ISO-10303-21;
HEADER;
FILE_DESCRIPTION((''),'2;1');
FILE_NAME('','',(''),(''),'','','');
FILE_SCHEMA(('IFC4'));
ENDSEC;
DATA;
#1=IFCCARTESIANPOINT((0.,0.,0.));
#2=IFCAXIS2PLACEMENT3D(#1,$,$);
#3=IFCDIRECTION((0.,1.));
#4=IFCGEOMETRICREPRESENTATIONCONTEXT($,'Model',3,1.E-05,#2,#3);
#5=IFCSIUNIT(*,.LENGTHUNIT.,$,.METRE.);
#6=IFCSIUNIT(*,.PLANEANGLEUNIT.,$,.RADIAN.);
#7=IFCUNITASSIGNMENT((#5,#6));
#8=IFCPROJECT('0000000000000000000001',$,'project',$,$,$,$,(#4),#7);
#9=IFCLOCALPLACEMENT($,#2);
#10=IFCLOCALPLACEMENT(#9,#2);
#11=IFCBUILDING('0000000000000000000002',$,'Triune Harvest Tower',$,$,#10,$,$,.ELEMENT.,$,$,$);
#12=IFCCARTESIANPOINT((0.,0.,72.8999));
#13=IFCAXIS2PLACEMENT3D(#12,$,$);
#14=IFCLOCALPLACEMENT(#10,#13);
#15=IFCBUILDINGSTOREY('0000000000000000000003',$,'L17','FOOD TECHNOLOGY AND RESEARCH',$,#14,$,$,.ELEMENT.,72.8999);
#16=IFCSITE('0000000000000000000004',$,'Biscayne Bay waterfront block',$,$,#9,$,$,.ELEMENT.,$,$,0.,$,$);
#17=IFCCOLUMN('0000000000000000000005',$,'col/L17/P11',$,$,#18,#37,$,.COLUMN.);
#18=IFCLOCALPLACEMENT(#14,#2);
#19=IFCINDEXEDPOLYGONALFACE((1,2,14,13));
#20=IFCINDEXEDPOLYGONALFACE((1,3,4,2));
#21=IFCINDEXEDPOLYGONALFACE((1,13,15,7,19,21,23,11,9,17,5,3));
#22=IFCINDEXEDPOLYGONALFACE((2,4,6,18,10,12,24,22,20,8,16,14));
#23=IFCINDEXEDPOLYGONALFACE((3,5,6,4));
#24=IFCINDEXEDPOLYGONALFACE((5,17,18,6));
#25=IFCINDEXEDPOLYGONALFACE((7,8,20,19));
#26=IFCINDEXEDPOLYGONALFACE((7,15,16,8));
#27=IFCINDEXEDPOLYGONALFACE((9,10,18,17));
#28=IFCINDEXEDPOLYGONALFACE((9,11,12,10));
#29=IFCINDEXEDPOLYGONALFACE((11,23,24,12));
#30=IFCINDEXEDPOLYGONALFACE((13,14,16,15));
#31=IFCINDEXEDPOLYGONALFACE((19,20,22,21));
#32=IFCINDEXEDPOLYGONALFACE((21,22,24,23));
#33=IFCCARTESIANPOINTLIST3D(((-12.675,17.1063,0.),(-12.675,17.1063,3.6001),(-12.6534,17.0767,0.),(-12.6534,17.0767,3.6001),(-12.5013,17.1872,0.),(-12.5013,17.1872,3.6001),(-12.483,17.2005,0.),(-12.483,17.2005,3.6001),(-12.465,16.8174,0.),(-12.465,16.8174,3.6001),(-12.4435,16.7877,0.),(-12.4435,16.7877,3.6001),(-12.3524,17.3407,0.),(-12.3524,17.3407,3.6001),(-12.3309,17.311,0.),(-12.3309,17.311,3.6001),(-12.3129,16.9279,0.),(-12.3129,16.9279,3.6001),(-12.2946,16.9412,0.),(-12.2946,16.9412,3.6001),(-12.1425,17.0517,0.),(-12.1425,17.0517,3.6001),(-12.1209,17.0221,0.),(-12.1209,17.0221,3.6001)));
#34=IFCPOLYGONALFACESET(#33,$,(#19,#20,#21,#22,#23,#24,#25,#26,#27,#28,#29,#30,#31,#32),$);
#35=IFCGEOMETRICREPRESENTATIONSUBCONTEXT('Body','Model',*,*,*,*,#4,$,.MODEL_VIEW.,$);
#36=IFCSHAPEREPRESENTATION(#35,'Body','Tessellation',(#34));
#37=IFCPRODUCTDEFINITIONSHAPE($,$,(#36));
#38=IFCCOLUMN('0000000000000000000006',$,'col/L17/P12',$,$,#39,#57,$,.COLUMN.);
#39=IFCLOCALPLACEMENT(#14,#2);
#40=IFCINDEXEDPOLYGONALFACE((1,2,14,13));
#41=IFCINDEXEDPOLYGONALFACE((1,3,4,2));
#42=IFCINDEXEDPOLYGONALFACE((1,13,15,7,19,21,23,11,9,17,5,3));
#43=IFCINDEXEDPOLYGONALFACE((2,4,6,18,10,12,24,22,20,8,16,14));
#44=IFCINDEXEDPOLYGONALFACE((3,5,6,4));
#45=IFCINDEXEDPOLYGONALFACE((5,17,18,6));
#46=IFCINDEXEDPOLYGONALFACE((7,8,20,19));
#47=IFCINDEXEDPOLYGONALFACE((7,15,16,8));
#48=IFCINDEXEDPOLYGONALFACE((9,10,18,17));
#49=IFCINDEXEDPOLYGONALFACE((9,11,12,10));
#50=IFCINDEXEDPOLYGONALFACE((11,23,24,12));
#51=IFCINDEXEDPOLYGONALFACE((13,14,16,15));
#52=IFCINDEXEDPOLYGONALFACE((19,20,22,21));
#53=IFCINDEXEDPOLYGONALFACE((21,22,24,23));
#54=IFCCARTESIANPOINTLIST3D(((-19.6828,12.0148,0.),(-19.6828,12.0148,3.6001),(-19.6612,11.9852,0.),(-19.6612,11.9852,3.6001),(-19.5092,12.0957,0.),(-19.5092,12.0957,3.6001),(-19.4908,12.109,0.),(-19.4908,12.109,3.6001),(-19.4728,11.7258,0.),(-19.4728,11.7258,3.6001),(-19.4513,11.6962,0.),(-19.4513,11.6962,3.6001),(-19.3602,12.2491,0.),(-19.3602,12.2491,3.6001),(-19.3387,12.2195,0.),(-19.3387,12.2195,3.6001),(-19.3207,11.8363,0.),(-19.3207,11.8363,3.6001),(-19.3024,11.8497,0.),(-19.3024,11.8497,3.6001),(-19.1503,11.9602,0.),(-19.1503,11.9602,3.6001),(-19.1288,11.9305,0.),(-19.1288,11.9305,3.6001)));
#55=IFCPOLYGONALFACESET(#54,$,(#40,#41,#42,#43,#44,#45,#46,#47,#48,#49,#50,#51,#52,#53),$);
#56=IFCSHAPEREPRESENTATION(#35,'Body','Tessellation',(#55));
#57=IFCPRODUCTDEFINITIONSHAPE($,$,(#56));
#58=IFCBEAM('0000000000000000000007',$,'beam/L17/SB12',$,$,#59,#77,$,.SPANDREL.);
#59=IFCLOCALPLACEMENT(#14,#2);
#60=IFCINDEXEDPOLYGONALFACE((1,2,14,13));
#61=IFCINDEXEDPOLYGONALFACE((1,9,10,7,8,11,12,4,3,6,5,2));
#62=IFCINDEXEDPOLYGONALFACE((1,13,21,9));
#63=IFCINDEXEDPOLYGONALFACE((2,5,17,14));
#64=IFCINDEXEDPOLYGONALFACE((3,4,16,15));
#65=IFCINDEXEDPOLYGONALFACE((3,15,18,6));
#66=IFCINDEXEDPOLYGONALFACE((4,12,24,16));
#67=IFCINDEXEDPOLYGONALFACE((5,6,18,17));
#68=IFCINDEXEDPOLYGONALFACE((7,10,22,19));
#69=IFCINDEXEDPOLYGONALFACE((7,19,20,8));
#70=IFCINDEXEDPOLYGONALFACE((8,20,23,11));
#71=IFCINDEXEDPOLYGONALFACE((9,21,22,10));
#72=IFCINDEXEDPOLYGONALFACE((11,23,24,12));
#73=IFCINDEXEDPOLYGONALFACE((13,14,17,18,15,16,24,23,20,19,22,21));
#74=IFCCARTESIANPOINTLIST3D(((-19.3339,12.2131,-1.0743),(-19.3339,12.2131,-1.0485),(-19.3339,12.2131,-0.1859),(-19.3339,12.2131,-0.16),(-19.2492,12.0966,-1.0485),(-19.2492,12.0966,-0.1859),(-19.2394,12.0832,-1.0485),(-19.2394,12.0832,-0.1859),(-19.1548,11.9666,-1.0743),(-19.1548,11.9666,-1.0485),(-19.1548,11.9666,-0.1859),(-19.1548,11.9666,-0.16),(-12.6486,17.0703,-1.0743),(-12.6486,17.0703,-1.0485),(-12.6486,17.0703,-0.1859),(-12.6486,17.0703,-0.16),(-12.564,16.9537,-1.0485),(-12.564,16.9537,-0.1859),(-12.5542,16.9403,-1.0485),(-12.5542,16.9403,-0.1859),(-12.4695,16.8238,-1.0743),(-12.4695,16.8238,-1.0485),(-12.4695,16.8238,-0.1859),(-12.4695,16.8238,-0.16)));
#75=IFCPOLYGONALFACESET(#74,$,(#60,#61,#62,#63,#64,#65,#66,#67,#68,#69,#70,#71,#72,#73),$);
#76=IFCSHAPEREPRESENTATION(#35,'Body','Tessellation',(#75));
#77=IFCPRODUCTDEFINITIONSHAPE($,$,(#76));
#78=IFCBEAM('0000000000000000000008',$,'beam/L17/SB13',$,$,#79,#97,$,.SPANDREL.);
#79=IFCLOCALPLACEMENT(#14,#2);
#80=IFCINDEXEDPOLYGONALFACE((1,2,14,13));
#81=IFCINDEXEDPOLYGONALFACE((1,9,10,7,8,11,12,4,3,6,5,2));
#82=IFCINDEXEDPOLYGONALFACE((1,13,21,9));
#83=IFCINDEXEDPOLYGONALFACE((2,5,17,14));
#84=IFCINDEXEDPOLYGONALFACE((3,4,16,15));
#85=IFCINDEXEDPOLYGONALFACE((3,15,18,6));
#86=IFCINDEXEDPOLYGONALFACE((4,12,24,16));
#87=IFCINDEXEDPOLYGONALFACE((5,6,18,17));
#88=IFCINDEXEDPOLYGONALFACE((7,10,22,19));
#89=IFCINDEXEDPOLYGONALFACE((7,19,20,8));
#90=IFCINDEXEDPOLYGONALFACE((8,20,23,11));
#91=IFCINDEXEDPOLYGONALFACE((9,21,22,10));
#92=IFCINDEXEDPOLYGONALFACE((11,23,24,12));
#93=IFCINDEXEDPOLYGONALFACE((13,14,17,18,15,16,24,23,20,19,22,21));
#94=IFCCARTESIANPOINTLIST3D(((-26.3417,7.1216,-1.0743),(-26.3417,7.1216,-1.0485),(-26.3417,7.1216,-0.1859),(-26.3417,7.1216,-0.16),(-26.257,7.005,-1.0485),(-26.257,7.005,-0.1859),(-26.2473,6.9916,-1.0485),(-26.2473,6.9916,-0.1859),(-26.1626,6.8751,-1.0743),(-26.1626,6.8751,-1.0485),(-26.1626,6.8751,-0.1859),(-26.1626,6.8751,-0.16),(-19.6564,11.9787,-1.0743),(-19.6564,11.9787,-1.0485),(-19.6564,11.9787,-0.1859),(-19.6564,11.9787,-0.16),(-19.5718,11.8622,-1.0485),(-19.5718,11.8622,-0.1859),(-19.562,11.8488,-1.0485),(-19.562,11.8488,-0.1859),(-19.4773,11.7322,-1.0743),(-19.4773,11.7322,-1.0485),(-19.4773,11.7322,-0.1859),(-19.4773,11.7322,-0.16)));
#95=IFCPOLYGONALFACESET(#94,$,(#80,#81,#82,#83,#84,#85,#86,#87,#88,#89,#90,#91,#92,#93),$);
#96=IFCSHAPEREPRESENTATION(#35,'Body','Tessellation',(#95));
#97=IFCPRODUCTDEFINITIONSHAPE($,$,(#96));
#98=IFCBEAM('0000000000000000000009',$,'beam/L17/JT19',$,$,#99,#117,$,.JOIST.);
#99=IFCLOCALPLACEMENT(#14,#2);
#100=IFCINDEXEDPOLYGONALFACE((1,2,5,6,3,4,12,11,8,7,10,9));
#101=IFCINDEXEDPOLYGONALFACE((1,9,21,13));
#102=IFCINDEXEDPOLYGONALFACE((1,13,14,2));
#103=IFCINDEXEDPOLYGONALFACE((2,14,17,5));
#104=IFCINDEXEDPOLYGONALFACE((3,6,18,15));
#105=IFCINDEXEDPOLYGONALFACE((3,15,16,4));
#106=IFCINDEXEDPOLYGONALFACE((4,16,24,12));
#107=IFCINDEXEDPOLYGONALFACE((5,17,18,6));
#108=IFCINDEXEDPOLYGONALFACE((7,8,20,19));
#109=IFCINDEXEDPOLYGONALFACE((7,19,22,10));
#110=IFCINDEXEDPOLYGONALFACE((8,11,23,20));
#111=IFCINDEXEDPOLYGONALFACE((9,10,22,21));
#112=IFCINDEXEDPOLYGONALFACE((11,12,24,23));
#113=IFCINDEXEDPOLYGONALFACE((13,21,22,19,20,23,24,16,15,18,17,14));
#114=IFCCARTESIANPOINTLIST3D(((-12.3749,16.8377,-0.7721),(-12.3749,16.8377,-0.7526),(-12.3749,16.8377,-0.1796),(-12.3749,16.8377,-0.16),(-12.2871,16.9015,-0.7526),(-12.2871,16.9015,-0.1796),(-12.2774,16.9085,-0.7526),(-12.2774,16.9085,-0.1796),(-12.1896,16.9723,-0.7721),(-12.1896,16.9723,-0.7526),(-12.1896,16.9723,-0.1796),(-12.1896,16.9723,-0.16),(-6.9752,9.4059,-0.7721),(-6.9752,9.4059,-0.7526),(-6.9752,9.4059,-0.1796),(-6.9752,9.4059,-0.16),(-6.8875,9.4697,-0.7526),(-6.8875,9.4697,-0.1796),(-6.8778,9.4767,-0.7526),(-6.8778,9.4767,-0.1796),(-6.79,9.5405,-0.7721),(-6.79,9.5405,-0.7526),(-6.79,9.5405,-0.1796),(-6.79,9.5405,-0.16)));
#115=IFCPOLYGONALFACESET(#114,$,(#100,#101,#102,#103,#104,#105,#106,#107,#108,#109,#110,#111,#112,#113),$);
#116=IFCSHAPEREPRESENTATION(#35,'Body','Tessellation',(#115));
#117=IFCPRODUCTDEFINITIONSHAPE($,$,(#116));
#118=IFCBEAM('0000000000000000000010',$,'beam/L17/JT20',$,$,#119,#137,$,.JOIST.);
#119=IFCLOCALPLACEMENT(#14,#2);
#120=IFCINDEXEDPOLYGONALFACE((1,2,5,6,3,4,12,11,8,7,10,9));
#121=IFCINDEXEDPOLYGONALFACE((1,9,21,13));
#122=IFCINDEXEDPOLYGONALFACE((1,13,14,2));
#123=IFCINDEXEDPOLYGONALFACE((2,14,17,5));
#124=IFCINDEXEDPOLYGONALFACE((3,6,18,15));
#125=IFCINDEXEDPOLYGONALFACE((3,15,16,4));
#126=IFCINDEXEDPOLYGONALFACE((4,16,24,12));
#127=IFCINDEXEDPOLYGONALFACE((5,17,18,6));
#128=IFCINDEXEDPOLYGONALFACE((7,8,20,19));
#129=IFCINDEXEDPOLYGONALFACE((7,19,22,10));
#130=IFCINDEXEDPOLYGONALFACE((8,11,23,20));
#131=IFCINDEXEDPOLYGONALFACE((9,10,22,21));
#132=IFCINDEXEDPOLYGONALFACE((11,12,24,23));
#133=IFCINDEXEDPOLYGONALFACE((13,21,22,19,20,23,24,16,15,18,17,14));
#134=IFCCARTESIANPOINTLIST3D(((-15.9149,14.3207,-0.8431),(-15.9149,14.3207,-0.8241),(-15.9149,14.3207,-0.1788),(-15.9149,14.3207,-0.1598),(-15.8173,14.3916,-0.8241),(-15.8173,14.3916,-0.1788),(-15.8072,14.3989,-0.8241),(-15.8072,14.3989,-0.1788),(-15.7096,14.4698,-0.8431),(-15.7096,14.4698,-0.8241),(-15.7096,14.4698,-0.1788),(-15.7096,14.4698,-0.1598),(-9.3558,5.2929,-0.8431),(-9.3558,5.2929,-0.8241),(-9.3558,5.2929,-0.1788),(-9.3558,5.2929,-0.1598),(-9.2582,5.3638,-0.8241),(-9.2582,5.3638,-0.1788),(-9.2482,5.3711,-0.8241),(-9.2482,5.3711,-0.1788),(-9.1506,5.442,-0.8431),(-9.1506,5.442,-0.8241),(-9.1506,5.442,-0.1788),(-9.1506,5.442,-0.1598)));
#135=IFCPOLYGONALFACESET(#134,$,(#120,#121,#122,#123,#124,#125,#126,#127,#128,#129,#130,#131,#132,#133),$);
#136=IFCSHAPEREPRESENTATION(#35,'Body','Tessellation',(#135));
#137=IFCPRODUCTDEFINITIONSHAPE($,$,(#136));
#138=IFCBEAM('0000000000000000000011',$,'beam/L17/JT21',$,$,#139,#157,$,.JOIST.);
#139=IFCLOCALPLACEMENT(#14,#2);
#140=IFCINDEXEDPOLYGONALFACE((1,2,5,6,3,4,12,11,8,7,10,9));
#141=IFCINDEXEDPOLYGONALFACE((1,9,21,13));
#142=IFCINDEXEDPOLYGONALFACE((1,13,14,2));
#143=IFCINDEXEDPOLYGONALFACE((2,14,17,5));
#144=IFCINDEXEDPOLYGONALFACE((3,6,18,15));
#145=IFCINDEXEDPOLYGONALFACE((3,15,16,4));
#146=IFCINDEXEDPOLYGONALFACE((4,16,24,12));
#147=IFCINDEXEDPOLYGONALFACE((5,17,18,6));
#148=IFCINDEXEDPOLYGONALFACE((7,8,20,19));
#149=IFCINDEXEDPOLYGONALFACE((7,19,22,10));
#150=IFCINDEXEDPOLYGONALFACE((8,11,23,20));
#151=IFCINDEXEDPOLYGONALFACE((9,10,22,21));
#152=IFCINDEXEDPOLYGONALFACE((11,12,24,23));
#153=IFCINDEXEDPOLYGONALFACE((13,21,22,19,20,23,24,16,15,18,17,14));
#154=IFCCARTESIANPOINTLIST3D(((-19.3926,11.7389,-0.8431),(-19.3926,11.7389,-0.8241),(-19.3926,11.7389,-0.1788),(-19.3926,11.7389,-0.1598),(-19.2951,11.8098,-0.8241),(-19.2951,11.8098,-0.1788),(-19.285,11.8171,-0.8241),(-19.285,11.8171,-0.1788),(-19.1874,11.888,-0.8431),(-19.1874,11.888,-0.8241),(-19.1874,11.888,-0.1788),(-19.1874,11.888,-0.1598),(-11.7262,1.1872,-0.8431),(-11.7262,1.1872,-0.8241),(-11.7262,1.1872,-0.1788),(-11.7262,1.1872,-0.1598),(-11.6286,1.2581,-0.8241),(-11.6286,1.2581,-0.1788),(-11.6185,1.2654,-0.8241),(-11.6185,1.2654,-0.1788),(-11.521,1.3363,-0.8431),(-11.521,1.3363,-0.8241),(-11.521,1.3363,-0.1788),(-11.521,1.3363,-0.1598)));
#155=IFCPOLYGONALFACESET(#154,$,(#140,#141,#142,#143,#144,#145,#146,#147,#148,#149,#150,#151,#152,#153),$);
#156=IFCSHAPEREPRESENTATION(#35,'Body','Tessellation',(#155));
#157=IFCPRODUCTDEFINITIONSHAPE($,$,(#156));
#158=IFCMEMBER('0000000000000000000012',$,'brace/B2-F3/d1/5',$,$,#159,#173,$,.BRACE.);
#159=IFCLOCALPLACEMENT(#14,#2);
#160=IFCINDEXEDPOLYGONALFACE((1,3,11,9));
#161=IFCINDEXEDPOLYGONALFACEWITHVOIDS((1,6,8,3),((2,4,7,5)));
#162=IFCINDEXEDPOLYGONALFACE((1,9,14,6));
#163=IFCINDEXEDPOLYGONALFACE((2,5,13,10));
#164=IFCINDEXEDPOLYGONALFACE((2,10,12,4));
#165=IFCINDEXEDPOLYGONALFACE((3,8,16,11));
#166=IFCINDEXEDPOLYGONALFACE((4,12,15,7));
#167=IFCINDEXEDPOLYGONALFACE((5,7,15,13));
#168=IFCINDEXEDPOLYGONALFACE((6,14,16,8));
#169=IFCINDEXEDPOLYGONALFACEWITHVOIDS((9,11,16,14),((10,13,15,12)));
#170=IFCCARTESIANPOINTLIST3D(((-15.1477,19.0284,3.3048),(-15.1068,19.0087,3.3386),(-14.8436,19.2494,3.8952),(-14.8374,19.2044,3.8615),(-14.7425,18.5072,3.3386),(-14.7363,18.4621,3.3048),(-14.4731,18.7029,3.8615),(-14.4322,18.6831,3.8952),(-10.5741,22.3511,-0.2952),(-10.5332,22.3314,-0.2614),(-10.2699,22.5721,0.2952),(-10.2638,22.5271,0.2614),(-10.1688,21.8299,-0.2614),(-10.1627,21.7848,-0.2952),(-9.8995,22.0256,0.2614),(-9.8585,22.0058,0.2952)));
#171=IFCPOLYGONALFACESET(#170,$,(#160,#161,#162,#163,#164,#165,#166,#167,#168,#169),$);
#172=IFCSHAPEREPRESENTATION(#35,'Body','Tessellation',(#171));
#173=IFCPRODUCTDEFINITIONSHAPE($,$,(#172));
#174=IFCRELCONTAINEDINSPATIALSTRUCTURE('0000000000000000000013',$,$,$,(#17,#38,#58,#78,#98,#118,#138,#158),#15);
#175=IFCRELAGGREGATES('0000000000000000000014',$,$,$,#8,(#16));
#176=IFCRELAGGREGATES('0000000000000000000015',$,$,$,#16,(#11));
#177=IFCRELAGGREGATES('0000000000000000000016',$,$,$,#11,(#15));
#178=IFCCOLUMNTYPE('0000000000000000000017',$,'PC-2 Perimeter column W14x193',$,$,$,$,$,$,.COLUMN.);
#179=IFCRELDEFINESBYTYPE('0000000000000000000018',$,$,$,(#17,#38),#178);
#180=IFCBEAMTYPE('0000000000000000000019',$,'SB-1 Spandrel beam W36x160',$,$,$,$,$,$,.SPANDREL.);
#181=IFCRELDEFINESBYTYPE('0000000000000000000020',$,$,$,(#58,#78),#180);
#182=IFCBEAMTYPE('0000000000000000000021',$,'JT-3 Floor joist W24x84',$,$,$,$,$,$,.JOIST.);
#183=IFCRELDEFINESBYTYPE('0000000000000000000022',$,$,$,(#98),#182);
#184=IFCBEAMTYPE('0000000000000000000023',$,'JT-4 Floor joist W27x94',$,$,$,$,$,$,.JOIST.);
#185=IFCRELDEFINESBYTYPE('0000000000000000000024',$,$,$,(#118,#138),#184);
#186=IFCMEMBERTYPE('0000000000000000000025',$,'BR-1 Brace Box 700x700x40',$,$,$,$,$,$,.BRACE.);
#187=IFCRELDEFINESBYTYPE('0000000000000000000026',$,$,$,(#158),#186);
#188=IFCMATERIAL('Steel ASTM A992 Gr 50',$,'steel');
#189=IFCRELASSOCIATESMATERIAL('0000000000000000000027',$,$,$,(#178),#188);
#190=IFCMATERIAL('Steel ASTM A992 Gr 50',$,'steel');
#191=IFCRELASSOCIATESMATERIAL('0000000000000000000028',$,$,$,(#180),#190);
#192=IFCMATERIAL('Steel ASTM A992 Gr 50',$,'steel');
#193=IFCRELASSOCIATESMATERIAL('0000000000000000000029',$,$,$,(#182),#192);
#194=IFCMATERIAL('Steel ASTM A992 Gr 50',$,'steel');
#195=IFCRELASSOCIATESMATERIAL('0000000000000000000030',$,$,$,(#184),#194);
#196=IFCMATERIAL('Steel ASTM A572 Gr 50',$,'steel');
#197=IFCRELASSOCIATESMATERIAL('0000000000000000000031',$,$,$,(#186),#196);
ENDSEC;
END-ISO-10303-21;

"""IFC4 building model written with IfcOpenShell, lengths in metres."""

from ifc_helpers import new_model, si_unit, direction, frame, origin, origin_2d, place, context, subcontext, project, spatial, hollow_rectangle, i_section, extrude, source, transform, mapped, material, material_profile, profile_set, type_object, element, save


model = new_model("IFC4")

# Units and contexts
model_context = context("Model", 3, precision=1e-05, world=origin(), true_north=direction((0.0, 1.0)))
body_context = subcontext(model_context, "Body", "Model", "MODEL_VIEW")
ifc_project = project(units=[si_unit("LENGTHUNIT", "METRE"), si_unit("PLANEANGLEUNIT", "RADIAN")], contexts=[model_context])

# Site, building, storey
site_placement = place(None, origin())
site = spatial("IfcSite", under=ifc_project, at=site_placement, Name="Biscayne Bay waterfront block", CompositionType="ELEMENT", RefElevation=0.0)
building_placement = place(site_placement, origin())
building = spatial("IfcBuilding", under=site, at=building_placement, Name="Triune Harvest Tower", CompositionType="ELEMENT")
storey_placement = place(building_placement, frame((0.0, 0.0, 72.8999)))
storey = spatial("IfcBuildingStorey", under=building, at=storey_placement, Name="L17", Description="FOOD TECHNOLOGY AND RESEARCH", CompositionType="ELEMENT", Elevation=72.8999)

# Columns
ifc_material_1 = material(Name="Steel ASTM A992 Gr 50", Category="steel")
ifc_material_profile_1 = material_profile(ifc_material_1, i_section(OverallWidth=0.3987, OverallDepth=0.3938, WebThickness=0.0227, FlangeThickness=0.0366, at=origin_2d()), Name="W14x193")
ifc_profile_set_1 = profile_set([ifc_material_profile_1], Name="Steel ASTM A992 Gr 50")
column_type = type_object("IfcColumnType", Name="PC-2 Perimeter column W14x193", PredefinedType="COLUMN", material=ifc_profile_set_1)
shared_shape_1 = source(origin(), body_context, "Body", "SweptSolid", [
    extrude(i_section(OverallWidth=0.3987, OverallDepth=0.3938, WebThickness=0.0227, FlangeThickness=0.0366, at=origin_2d()), origin(), (0.0, 0.0, 1.0), 3.6001),
])
for number, where, z_axis, x_axis, name in (
    (1, (-12.3979, 17.0642, 0.0), (0.0, 0.0, 1.0), (-0.809017, -0.587785, 0.0), "col/L17/P11"),
    (2, (-19.4058, 11.9727, 0.0), (0.0, 0.0, 1.0), (-0.809017, -0.587785, 0.0), "col/L17/P12"),
):
    element("IfcColumn", number, at=place(storey_placement, frame(where, z_axis=z_axis, x_axis=x_axis)), inside=storey, type_object=column_type, Name=name, PredefinedType="COLUMN", context=body_context, shape_type="MappedRepresentation", body=[
        mapped(shared_shape_1, transform((0.0, 0.0, 0.0), scale=1.0)),
    ])

# Beams
ifc_material_2 = material(Name="Steel ASTM A992 Gr 50", Category="steel")
ifc_material_profile_2 = material_profile(ifc_material_2, i_section(OverallWidth=0.3047, OverallDepth=0.9143, WebThickness=0.0166, FlangeThickness=0.0259, at=origin_2d()), Name="W36x160")
ifc_profile_set_2 = profile_set([ifc_material_profile_2], Name="Steel ASTM A992 Gr 50")
beam_type_1 = type_object("IfcBeamType", Name="SB-1 Spandrel beam W36x160", PredefinedType="SPANDREL", material=ifc_profile_set_2)
shared_shape_2 = source(origin(), body_context, "Body", "SweptSolid", [
    extrude(i_section(OverallWidth=0.3047, OverallDepth=0.9143, WebThickness=0.0166, FlangeThickness=0.0259, at=origin_2d()), origin(), (0.0, 0.0, 1.0), 8.2634),
])
for number, where, z_axis, x_axis, name in (
    (3, (-12.5591, 16.947, -0.6172), (-0.809016, -0.587787, 0.0), (0.587787, -0.809016, 0.0), "beam/L17/SB12"),
    (4, (-19.5669, 11.8555, -0.6172), (-0.809016, -0.587787, 0.0), (0.587787, -0.809016, 0.0), "beam/L17/SB13"),
):
    element("IfcBeam", number, at=place(storey_placement, frame(where, z_axis=z_axis, x_axis=x_axis)), inside=storey, type_object=beam_type_1, Name=name, PredefinedType="SPANDREL", context=body_context, shape_type="MappedRepresentation", body=[
        mapped(shared_shape_2, transform((0.0, 0.0, 0.0), scale=1.0)),
    ])
ifc_material_3 = material(Name="Steel ASTM A992 Gr 50", Category="steel")
ifc_material_profile_3 = material_profile(ifc_material_3, i_section(OverallWidth=0.229, OverallDepth=0.6121, WebThickness=0.012, FlangeThickness=0.0195, at=origin_2d()), Name="W24x84")
ifc_profile_set_3 = profile_set([ifc_material_profile_3], Name="Steel ASTM A992 Gr 50")
beam_type_2 = type_object("IfcBeamType", Name="JT-3 Floor joist W24x84", PredefinedType="JOIST", material=ifc_profile_set_3)
shared_shape_3 = source(origin(), body_context, "Body", "SweptSolid", [
    extrude(i_section(OverallWidth=0.229, OverallDepth=0.6121, WebThickness=0.012, FlangeThickness=0.0195, at=origin_2d()), origin(), (0.0, 0.0, 1.0), 9.1863),
])
beam_1_placement = place(storey_placement, frame((-12.2822, 16.905, -0.4661), z_axis=(0.587791, -0.809013, 0.0), x_axis=(0.809013, 0.587791, 0.0)))
element("IfcBeam", 5, at=beam_1_placement, inside=storey, type_object=beam_type_2, Name="beam/L17/JT19", PredefinedType="JOIST", context=body_context, shape_type="MappedRepresentation", body=[
    mapped(shared_shape_3, transform((0.0, 0.0, 0.0), scale=1.0)),
])
ifc_material_4 = material(Name="Steel ASTM A992 Gr 50", Category="steel")
ifc_material_profile_4 = material_profile(ifc_material_4, i_section(OverallWidth=0.2537, OverallDepth=0.6833, WebThickness=0.0125, FlangeThickness=0.019, at=origin_2d()), Name="W27x94")
ifc_profile_set_4 = profile_set([ifc_material_profile_4], Name="Steel ASTM A992 Gr 50")
beam_type_3 = type_object("IfcBeamType", Name="JT-4 Floor joist W27x94", PredefinedType="JOIST", material=ifc_profile_set_4)
shared_shape_4 = source(origin(), body_context, "Body", "SweptSolid", [
    extrude(i_section(OverallWidth=0.2537, OverallDepth=0.6833, WebThickness=0.0125, FlangeThickness=0.019, at=origin_2d()), origin(), (0.0, 0.0, 1.0), 11.1589),
])
beam_2_placement = place(storey_placement, frame((-15.8123, 14.3953, -0.5015), z_axis=(0.587784, -0.809018, 0.0), x_axis=(0.809018, 0.587784, 0.0)))
element("IfcBeam", 6, at=beam_2_placement, inside=storey, type_object=beam_type_3, Name="beam/L17/JT20", PredefinedType="JOIST", context=body_context, shape_type="MappedRepresentation", body=[
    mapped(shared_shape_4, transform((0.0, 0.0, 0.0), scale=1.0)),
])
shared_shape_5 = source(origin(), body_context, "Body", "SweptSolid", [
    extrude(i_section(OverallWidth=0.2537, OverallDepth=0.6833, WebThickness=0.0125, FlangeThickness=0.019, at=origin_2d()), origin(), (0.0, 0.0, 1.0), 13.0427),
])
beam_3_placement = place(storey_placement, frame((-19.29, 11.8135, -0.5015), z_axis=(0.587795, -0.80901, 0.0), x_axis=(0.80901, 0.587795, 0.0)))
element("IfcBeam", 7, at=beam_3_placement, inside=storey, type_object=beam_type_3, Name="beam/L17/JT21", PredefinedType="JOIST", context=body_context, shape_type="MappedRepresentation", body=[
    mapped(shared_shape_5, transform((0.0, 0.0, 0.0), scale=1.0)),
])

# Member
ifc_material_5 = material(Name="Steel ASTM A572 Gr 50", Category="steel")
ifc_material_profile_5 = material_profile(ifc_material_5, hollow_rectangle(XDim=0.7, YDim=0.7, WallThickness=0.04, at=origin_2d()), Name="Box 700x700x40")
ifc_profile_set_5 = profile_set([ifc_material_profile_5], Name="Steel ASTM A572 Gr 50")
member_type_1 = type_object("IfcMemberType", Name="BR-1 Brace Box 700x700x40", PredefinedType="BRACE", material=ifc_profile_set_5)
shared_shape_6 = source(origin(), body_context, "Body", "SweptSolid", [
    extrude(hollow_rectangle(XDim=0.7, YDim=0.7, WallThickness=0.04, at=origin_2d()), origin(), (0.0, 0.0, 1.0), 6.7021),
])
for number, where, z_axis, x_axis, name in (
    (8, (-10.2163, 22.1785, 0.0), (-0.682415, -0.495766, 0.537146), (0.587756, -0.809039, 0.0), "brace/B2-F3/d1/5"),
):
    element("IfcMember", number, at=place(storey_placement, frame(where, z_axis=z_axis, x_axis=x_axis)), inside=storey, type_object=member_type_1, Name=name, PredefinedType="BRACE", context=body_context, shape_type="MappedRepresentation", body=[
        mapped(shared_shape_6, transform((0.0, 0.0, 0.0), scale=1.0)),
    ])

save(model, "model.ifc")
